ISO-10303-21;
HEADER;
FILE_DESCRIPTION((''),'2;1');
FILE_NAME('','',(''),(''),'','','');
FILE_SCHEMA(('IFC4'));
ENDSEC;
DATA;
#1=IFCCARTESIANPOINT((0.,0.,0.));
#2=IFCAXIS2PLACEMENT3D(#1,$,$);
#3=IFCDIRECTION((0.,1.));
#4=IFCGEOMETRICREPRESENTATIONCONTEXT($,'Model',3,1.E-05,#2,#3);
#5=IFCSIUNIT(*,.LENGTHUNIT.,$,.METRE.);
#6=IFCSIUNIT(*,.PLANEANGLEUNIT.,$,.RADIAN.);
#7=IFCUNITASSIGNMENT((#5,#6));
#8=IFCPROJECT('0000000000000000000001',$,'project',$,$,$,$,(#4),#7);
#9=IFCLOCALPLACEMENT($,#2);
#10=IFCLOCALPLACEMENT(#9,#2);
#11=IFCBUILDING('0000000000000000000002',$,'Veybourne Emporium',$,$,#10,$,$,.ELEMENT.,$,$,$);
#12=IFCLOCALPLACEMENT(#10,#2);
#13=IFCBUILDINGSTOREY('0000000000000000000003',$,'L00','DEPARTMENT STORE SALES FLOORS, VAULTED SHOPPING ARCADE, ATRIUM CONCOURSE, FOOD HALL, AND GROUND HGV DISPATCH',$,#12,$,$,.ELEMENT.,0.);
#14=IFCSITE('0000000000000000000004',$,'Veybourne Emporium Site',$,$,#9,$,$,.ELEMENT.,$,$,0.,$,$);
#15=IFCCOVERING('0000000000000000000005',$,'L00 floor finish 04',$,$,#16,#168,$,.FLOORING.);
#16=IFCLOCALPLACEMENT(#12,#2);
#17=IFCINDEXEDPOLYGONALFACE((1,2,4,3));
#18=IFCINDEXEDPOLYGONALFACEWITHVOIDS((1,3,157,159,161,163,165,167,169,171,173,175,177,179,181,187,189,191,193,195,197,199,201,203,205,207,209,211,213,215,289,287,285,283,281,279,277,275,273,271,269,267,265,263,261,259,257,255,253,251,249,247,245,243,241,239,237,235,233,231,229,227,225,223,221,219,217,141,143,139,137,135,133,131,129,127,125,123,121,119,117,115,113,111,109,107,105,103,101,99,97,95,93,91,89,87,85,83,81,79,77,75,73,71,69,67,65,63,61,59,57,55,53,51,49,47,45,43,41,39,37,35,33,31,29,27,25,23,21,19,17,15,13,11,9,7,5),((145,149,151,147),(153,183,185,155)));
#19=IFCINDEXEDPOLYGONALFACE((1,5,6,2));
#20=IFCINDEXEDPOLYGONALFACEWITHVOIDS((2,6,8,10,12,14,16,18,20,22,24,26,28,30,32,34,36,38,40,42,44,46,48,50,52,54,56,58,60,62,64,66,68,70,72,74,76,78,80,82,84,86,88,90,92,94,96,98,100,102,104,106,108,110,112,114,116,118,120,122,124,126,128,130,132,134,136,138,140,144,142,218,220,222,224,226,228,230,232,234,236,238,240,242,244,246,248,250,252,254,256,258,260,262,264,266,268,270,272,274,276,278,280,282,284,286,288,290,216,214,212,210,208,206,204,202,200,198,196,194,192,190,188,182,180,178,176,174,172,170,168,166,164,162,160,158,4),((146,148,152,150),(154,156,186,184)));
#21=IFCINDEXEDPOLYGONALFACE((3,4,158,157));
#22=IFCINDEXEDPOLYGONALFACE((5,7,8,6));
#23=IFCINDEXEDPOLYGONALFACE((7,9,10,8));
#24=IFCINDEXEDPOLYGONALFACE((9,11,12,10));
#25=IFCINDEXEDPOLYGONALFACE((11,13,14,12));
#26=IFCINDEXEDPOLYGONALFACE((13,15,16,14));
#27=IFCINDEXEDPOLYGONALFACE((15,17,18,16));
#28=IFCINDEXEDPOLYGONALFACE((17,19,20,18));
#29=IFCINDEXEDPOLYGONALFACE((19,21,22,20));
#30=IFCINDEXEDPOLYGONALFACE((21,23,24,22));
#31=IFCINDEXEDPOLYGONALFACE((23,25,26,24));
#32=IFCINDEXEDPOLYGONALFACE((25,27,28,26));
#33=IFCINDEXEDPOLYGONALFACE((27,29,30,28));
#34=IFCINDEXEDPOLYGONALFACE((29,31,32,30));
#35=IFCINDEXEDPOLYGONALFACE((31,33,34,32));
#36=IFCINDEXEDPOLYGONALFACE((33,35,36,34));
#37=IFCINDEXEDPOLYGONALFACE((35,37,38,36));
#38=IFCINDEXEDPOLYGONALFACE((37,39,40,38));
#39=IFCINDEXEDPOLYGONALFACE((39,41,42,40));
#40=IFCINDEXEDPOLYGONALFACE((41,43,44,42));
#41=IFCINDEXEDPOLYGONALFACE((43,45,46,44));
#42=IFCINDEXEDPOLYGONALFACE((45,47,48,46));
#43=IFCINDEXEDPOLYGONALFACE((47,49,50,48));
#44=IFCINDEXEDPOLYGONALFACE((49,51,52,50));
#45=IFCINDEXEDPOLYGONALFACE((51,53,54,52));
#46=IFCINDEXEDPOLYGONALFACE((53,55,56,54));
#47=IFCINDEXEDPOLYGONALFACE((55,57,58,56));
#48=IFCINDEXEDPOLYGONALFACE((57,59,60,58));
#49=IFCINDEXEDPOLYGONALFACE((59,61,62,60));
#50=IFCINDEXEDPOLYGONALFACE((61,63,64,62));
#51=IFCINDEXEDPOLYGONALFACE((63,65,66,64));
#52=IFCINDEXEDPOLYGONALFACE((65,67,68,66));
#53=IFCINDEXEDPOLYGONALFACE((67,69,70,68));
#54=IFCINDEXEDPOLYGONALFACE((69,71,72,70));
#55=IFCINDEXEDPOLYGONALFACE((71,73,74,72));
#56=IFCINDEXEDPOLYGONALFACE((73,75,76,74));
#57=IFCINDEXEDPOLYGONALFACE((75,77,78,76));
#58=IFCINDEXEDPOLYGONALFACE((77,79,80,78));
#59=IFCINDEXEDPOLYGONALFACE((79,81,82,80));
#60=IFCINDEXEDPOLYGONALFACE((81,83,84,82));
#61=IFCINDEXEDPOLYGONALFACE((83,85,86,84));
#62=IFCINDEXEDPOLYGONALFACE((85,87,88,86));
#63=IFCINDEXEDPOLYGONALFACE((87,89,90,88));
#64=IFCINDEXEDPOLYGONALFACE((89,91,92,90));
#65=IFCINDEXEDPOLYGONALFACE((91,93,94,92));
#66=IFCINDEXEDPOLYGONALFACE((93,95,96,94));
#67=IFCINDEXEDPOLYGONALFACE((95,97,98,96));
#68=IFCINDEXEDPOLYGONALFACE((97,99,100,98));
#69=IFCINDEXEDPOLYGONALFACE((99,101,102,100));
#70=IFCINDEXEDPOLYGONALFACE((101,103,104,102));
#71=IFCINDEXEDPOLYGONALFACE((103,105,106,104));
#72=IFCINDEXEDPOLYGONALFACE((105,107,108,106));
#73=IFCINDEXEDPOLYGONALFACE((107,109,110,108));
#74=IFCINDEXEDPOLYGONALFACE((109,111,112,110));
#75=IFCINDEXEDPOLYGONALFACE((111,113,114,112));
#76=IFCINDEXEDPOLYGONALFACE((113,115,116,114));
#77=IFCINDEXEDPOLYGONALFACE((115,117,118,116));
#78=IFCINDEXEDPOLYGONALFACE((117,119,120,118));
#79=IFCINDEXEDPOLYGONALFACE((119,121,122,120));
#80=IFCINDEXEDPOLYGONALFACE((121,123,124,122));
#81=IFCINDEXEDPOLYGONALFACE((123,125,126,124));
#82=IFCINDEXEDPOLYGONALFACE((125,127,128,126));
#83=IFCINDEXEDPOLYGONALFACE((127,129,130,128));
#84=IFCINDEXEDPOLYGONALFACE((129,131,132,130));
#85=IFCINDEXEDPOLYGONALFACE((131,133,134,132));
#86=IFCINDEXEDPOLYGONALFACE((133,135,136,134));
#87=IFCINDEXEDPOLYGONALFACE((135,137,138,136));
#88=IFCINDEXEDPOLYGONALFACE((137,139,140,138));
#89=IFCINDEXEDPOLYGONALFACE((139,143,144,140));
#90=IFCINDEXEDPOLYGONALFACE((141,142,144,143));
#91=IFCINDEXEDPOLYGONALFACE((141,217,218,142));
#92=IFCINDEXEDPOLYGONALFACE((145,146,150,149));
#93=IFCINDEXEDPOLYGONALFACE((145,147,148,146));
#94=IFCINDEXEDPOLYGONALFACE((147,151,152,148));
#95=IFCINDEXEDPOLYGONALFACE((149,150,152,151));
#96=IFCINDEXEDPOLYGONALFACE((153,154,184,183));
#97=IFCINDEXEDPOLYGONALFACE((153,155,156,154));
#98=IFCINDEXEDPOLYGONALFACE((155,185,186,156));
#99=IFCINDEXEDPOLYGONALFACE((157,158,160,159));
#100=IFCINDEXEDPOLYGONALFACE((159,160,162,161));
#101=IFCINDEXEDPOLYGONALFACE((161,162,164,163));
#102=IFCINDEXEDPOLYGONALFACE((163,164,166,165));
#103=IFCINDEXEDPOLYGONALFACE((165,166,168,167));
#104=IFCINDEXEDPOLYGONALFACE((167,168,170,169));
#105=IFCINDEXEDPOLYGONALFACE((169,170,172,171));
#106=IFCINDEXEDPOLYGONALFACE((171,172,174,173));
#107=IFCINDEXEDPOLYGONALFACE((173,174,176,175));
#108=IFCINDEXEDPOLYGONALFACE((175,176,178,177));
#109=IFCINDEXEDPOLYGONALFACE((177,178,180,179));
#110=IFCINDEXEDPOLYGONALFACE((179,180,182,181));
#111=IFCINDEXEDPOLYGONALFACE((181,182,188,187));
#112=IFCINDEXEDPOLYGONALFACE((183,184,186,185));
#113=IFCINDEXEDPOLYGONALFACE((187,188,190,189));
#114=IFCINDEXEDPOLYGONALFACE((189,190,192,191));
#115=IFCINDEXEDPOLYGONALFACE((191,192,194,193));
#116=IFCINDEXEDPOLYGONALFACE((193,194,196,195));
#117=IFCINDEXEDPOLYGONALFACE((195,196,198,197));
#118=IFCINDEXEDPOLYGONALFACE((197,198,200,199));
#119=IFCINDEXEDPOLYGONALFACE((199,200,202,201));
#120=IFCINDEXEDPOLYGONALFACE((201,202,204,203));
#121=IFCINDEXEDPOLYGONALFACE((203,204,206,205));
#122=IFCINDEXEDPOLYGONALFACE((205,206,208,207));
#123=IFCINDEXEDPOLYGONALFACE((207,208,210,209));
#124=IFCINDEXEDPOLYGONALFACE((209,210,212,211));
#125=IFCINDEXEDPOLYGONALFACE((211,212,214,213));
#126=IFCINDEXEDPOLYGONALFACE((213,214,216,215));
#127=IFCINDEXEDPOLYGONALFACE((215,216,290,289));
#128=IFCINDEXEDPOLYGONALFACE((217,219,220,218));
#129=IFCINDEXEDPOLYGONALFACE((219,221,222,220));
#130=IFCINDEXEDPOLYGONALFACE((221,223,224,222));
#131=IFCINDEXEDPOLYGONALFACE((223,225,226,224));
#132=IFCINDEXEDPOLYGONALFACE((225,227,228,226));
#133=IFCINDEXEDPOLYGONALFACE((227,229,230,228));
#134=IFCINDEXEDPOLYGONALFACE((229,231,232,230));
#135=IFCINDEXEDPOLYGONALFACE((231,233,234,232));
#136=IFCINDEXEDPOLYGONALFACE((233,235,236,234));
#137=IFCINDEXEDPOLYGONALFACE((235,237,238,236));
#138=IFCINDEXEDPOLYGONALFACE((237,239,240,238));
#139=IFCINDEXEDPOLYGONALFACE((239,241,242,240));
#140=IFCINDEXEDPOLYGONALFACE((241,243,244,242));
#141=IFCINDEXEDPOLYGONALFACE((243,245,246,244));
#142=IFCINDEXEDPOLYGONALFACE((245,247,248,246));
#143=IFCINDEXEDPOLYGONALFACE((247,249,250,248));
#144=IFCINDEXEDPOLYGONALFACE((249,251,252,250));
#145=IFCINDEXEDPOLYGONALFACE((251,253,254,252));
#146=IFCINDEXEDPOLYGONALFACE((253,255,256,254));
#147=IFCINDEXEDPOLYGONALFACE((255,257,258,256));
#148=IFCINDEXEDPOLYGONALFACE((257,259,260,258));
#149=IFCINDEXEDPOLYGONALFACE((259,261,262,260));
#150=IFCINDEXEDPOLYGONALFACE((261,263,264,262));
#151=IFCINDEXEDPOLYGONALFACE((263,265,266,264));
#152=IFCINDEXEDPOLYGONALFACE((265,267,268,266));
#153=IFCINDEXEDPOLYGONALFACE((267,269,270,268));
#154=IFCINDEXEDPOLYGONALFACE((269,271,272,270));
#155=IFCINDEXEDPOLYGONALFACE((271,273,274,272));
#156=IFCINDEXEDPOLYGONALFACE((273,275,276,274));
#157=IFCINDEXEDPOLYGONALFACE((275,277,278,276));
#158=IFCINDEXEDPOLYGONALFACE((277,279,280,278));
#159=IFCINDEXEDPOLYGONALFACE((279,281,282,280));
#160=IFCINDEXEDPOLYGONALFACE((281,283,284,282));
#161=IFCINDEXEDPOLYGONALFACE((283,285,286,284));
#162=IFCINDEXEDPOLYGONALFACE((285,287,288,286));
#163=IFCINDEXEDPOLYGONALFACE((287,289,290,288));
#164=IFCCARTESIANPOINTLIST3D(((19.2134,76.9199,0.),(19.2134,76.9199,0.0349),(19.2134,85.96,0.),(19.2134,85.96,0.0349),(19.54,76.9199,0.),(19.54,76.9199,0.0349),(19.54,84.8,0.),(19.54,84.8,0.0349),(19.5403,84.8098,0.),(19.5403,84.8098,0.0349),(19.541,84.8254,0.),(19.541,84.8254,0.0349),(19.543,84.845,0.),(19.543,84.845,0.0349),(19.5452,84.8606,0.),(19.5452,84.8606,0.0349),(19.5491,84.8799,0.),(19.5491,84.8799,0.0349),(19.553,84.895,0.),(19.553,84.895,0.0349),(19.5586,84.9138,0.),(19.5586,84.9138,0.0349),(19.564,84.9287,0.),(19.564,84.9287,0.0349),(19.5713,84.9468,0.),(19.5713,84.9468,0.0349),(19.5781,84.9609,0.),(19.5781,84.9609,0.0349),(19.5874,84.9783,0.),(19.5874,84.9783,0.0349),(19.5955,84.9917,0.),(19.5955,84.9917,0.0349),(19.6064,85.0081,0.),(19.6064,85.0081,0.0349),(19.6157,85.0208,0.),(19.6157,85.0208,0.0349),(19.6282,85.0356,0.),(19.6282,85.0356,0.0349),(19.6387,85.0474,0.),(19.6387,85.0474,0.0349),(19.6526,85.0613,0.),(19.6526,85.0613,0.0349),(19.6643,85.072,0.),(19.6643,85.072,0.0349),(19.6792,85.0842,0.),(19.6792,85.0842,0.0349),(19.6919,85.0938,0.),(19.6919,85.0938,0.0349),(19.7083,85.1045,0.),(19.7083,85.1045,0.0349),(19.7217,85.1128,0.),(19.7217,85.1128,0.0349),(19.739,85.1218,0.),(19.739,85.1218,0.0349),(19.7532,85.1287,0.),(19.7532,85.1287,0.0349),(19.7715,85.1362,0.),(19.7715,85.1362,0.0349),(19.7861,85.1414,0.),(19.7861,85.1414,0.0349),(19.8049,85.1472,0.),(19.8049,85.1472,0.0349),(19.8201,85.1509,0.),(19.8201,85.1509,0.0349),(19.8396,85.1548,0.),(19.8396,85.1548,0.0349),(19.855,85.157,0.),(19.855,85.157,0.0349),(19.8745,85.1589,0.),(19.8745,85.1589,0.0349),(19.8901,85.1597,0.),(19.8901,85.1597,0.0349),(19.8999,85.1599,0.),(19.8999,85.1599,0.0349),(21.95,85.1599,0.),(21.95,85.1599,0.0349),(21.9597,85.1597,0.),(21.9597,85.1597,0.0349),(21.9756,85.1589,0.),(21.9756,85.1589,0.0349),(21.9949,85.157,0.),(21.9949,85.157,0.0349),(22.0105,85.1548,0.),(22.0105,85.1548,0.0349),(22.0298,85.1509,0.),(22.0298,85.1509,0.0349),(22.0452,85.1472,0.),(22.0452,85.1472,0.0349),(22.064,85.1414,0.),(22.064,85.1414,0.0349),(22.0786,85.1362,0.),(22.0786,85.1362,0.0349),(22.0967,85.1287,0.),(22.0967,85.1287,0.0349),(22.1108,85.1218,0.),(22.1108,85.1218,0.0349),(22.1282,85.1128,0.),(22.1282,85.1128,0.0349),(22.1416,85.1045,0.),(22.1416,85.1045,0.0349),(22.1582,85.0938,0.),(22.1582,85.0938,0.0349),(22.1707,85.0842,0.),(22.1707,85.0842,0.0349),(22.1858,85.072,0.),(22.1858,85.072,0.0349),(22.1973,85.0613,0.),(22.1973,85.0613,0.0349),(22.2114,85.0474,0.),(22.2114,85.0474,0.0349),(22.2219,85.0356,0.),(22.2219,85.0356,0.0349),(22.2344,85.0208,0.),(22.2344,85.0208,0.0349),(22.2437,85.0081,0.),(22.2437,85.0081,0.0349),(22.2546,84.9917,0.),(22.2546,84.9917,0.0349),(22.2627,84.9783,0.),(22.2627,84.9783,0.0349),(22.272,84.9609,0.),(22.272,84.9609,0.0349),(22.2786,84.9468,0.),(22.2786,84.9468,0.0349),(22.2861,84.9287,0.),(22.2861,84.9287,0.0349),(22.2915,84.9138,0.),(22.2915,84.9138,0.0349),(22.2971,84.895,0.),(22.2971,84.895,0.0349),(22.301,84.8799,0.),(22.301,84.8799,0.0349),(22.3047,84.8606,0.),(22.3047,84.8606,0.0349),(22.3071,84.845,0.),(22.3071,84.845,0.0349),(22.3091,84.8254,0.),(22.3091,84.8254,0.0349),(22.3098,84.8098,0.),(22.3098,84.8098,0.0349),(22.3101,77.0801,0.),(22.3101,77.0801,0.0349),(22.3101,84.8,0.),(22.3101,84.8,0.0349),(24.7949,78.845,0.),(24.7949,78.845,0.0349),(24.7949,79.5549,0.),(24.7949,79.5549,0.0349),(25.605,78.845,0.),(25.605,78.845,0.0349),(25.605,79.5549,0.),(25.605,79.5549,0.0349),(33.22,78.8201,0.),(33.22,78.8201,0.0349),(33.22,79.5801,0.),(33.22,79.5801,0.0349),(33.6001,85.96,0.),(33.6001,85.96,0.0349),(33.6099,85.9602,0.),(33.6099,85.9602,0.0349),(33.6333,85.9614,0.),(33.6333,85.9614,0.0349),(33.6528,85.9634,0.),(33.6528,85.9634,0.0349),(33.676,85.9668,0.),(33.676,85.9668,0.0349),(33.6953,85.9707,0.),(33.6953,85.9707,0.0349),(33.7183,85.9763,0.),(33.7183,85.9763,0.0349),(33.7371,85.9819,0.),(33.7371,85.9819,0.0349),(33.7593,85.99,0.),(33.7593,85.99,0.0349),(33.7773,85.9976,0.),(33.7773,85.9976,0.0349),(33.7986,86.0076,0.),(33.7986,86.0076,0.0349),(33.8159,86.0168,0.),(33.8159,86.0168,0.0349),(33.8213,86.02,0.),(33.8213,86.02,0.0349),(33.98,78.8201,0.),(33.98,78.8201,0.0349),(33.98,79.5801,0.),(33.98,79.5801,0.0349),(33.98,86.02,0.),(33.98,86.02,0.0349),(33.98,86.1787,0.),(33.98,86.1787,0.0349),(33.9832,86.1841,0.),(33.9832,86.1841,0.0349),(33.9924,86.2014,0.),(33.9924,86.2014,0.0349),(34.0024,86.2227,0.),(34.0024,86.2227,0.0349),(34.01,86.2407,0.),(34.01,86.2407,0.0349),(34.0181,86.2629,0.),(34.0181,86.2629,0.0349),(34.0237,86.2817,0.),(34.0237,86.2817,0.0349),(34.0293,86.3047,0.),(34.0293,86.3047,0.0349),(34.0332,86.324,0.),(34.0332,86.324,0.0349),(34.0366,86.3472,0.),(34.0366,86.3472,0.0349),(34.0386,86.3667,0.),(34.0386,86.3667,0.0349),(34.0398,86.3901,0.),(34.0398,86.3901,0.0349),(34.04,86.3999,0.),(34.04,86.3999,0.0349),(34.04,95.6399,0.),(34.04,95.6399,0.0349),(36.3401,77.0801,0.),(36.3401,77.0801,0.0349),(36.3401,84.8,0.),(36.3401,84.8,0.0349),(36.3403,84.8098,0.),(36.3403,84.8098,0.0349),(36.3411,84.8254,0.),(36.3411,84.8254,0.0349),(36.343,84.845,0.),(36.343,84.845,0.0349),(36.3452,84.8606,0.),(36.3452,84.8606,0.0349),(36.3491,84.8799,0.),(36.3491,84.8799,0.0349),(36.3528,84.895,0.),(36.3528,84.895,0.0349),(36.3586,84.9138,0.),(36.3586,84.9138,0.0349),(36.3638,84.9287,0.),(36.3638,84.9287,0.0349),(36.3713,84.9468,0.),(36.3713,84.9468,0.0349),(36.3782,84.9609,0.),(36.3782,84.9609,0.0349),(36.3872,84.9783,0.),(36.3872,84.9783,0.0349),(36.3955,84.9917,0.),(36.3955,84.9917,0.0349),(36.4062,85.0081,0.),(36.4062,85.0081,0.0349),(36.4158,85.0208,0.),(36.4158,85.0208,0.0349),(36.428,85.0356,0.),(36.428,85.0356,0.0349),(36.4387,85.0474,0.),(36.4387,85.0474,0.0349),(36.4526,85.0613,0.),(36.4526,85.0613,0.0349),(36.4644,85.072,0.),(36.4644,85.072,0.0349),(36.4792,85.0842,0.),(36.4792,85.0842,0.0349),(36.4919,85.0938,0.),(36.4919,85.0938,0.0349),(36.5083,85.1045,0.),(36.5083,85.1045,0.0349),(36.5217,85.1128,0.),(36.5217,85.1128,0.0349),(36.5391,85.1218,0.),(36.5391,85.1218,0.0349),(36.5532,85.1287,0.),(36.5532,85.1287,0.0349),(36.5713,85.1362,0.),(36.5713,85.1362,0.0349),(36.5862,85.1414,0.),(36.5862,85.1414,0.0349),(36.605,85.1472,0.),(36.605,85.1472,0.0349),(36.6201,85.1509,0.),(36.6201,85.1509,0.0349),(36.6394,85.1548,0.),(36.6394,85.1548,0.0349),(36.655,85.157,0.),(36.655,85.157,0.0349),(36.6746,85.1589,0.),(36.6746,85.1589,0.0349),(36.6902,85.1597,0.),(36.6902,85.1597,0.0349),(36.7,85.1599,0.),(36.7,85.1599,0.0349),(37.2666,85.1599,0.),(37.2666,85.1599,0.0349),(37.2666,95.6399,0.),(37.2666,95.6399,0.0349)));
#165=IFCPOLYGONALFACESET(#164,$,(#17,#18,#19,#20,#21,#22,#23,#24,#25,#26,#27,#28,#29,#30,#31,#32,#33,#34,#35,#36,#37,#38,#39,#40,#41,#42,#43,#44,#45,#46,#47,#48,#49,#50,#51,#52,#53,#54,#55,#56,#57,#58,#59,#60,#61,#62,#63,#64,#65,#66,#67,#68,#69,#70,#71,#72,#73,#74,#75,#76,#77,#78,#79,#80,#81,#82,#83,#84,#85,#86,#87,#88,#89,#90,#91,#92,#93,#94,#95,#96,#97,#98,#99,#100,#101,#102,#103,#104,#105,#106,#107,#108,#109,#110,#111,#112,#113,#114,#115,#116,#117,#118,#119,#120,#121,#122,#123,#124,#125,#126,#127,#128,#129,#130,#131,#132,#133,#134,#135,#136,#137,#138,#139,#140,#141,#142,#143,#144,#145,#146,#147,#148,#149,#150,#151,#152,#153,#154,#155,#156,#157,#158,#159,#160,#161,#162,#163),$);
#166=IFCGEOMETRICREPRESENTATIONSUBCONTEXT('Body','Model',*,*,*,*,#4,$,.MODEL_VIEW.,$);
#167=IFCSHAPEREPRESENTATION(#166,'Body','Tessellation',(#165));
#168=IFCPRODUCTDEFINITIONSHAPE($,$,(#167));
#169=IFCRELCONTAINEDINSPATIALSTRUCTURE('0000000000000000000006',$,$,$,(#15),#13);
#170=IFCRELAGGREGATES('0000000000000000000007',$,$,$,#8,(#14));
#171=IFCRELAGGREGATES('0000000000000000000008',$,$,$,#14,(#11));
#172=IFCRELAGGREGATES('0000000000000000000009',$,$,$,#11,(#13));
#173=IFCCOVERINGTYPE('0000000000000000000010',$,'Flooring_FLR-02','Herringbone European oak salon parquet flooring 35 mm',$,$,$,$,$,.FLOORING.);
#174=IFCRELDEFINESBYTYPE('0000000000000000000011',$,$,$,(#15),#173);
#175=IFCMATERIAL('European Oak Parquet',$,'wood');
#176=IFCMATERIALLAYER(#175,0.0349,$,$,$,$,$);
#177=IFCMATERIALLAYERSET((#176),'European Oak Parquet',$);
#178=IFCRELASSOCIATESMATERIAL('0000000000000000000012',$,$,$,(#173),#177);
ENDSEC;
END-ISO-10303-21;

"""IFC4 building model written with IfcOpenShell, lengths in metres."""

from ifc_helpers import new_model, si_unit, direction, origin, place, context, subcontext, project, spatial, polyline, outline, extrude, material, layer, layer_set, type_object, element, save


model = new_model("IFC4")

# Units and contexts
model_context = context("Model", 3, precision=1e-05, world=origin(), true_north=direction((0.0, 1.0)))
body_context = subcontext(model_context, "Body", "Model", "MODEL_VIEW")
ifc_project = project(units=[si_unit("LENGTHUNIT", "METRE"), si_unit("PLANEANGLEUNIT", "RADIAN")], contexts=[model_context])

# Site, building, storey
site_placement = place(None, origin())
site = spatial("IfcSite", under=ifc_project, at=site_placement, Name="Veybourne Emporium Site", CompositionType="ELEMENT", RefElevation=0.0)
building_placement = place(site_placement, origin())
building = spatial("IfcBuilding", under=site, at=building_placement, Name="Veybourne Emporium", CompositionType="ELEMENT")
storey_placement = place(building_placement, origin())
storey = spatial("IfcBuildingStorey", under=building, at=storey_placement, Name="L00", Description="DEPARTMENT STORE SALES FLOORS, VAULTED SHOPPING ARCADE, ATRIUM CONCOURSE, FOOD HALL, AND GROUND HGV DISPATCH", CompositionType="ELEMENT", Elevation=0.0)

# Covering
ifc_material_1 = material(Name="European Oak Parquet", Category="wood")
ifc_layer_1 = layer(ifc_material_1, 0.0349)
ifc_layer_set_1 = layer_set([ifc_layer_1], Name="European Oak Parquet")
covering_type_1 = type_object("IfcCoveringType", Name="Flooring_FLR-02", Description="Herringbone European oak salon parquet flooring 35 mm", PredefinedType="FLOORING", material=ifc_layer_set_1)
covering_1_placement = place(storey_placement, origin())
element("IfcCovering", 1, at=covering_1_placement, inside=storey, type_object=covering_type_1, Name="L00 floor finish 04", PredefinedType="FLOORING", context=body_context, shape_type="SweptSolid", body=[
    extrude(outline(polyline([(19.2134, 85.96), (33.6001, 85.96), (33.6099, 85.9602), (33.6333, 85.9614), (33.6528, 85.9634), (33.676, 85.9668), (33.6953, 85.9707), (33.7183, 85.9763), (33.7371, 85.9819), (33.7593, 85.99), (33.7773, 85.9976), (33.7986, 86.0076), (33.8159, 86.0168), (33.8213, 86.02), (33.98, 86.02), (33.98, 86.1787), (33.9832, 86.1841), (33.9924, 86.2014), (34.0024, 86.2227), (34.01, 86.2407), (34.0181, 86.2629), (34.0237, 86.2817), (34.0293, 86.3047), (34.0332, 86.324), (34.0366, 86.3472), (34.0386, 86.3667), (34.0398, 86.3901), (34.04, 86.3999), (34.04, 95.6399), (37.2666, 95.6399), (37.2666, 85.1599), (36.7, 85.1599), (36.6902, 85.1597), (36.6746, 85.1589), (36.655, 85.157), (36.6394, 85.1548), (36.6201, 85.1509), (36.605, 85.1472), (36.5862, 85.1414), (36.5713, 85.1362), (36.5532, 85.1287), (36.5391, 85.1218), (36.5217, 85.1128), (36.5083, 85.1045), (36.4919, 85.0938), (36.4792, 85.0842), (36.4644, 85.072), (36.4526, 85.0613), (36.4387, 85.0474), (36.428, 85.0356), (36.4158, 85.0208), (36.4062, 85.0081), (36.3955, 84.9917), (36.3872, 84.9783), (36.3782, 84.9609), (36.3713, 84.9468), (36.3638, 84.9287), (36.3586, 84.9138), (36.3528, 84.895), (36.3491, 84.8799), (36.3452, 84.8606), (36.343, 84.845), (36.3411, 84.8254), (36.3403, 84.8098), (36.3401, 84.8), (36.3401, 77.0801), (22.3101, 77.0801), (22.3101, 84.8), (22.3098, 84.8098), (22.3091, 84.8254), (22.3071, 84.845), (22.3047, 84.8606), (22.301, 84.8799), (22.2971, 84.895), (22.2915, 84.9138), (22.2861, 84.9287), (22.2786, 84.9468), (22.272, 84.9609), (22.2627, 84.9783), (22.2546, 84.9917), (22.2437, 85.0081), (22.2344, 85.0208), (22.2219, 85.0356), (22.2114, 85.0474), (22.1973, 85.0613), (22.1858, 85.072), (22.1707, 85.0842), (22.1582, 85.0938), (22.1416, 85.1045), (22.1282, 85.1128), (22.1108, 85.1218), (22.0967, 85.1287), (22.0786, 85.1362), (22.064, 85.1414), (22.0452, 85.1472), (22.0298, 85.1509), (22.0105, 85.1548), (21.9949, 85.157), (21.9756, 85.1589), (21.9597, 85.1597), (21.95, 85.1599), (19.8999, 85.1599), (19.8901, 85.1597), (19.8745, 85.1589), (19.855, 85.157), (19.8396, 85.1548), (19.8201, 85.1509), (19.8049, 85.1472), (19.7861, 85.1414), (19.7715, 85.1362), (19.7532, 85.1287), (19.739, 85.1218), (19.7217, 85.1128), (19.7083, 85.1045), (19.6919, 85.0938), (19.6792, 85.0842), (19.6643, 85.072), (19.6526, 85.0613), (19.6387, 85.0474), (19.6282, 85.0356), (19.6157, 85.0208), (19.6064, 85.0081), (19.5955, 84.9917), (19.5874, 84.9783), (19.5781, 84.9609), (19.5713, 84.9468), (19.564, 84.9287), (19.5586, 84.9138), (19.553, 84.895), (19.5491, 84.8799), (19.5452, 84.8606), (19.543, 84.845), (19.541, 84.8254), (19.5403, 84.8098), (19.54, 84.8), (19.54, 76.9199), (19.2134, 76.9199), (19.2134, 85.96)]), holes=[polyline([(25.605, 79.5549), (24.7949, 79.5549), (24.7949, 78.845), (25.605, 78.845), (25.605, 79.5549)]), polyline([(33.98, 79.5801), (33.22, 79.5801), (33.22, 78.8201), (33.98, 78.8201), (33.98, 79.5801)])]), origin(), (0.0, 0.0, 1.0), 0.0349),
])

save(model, "model.ifc")
